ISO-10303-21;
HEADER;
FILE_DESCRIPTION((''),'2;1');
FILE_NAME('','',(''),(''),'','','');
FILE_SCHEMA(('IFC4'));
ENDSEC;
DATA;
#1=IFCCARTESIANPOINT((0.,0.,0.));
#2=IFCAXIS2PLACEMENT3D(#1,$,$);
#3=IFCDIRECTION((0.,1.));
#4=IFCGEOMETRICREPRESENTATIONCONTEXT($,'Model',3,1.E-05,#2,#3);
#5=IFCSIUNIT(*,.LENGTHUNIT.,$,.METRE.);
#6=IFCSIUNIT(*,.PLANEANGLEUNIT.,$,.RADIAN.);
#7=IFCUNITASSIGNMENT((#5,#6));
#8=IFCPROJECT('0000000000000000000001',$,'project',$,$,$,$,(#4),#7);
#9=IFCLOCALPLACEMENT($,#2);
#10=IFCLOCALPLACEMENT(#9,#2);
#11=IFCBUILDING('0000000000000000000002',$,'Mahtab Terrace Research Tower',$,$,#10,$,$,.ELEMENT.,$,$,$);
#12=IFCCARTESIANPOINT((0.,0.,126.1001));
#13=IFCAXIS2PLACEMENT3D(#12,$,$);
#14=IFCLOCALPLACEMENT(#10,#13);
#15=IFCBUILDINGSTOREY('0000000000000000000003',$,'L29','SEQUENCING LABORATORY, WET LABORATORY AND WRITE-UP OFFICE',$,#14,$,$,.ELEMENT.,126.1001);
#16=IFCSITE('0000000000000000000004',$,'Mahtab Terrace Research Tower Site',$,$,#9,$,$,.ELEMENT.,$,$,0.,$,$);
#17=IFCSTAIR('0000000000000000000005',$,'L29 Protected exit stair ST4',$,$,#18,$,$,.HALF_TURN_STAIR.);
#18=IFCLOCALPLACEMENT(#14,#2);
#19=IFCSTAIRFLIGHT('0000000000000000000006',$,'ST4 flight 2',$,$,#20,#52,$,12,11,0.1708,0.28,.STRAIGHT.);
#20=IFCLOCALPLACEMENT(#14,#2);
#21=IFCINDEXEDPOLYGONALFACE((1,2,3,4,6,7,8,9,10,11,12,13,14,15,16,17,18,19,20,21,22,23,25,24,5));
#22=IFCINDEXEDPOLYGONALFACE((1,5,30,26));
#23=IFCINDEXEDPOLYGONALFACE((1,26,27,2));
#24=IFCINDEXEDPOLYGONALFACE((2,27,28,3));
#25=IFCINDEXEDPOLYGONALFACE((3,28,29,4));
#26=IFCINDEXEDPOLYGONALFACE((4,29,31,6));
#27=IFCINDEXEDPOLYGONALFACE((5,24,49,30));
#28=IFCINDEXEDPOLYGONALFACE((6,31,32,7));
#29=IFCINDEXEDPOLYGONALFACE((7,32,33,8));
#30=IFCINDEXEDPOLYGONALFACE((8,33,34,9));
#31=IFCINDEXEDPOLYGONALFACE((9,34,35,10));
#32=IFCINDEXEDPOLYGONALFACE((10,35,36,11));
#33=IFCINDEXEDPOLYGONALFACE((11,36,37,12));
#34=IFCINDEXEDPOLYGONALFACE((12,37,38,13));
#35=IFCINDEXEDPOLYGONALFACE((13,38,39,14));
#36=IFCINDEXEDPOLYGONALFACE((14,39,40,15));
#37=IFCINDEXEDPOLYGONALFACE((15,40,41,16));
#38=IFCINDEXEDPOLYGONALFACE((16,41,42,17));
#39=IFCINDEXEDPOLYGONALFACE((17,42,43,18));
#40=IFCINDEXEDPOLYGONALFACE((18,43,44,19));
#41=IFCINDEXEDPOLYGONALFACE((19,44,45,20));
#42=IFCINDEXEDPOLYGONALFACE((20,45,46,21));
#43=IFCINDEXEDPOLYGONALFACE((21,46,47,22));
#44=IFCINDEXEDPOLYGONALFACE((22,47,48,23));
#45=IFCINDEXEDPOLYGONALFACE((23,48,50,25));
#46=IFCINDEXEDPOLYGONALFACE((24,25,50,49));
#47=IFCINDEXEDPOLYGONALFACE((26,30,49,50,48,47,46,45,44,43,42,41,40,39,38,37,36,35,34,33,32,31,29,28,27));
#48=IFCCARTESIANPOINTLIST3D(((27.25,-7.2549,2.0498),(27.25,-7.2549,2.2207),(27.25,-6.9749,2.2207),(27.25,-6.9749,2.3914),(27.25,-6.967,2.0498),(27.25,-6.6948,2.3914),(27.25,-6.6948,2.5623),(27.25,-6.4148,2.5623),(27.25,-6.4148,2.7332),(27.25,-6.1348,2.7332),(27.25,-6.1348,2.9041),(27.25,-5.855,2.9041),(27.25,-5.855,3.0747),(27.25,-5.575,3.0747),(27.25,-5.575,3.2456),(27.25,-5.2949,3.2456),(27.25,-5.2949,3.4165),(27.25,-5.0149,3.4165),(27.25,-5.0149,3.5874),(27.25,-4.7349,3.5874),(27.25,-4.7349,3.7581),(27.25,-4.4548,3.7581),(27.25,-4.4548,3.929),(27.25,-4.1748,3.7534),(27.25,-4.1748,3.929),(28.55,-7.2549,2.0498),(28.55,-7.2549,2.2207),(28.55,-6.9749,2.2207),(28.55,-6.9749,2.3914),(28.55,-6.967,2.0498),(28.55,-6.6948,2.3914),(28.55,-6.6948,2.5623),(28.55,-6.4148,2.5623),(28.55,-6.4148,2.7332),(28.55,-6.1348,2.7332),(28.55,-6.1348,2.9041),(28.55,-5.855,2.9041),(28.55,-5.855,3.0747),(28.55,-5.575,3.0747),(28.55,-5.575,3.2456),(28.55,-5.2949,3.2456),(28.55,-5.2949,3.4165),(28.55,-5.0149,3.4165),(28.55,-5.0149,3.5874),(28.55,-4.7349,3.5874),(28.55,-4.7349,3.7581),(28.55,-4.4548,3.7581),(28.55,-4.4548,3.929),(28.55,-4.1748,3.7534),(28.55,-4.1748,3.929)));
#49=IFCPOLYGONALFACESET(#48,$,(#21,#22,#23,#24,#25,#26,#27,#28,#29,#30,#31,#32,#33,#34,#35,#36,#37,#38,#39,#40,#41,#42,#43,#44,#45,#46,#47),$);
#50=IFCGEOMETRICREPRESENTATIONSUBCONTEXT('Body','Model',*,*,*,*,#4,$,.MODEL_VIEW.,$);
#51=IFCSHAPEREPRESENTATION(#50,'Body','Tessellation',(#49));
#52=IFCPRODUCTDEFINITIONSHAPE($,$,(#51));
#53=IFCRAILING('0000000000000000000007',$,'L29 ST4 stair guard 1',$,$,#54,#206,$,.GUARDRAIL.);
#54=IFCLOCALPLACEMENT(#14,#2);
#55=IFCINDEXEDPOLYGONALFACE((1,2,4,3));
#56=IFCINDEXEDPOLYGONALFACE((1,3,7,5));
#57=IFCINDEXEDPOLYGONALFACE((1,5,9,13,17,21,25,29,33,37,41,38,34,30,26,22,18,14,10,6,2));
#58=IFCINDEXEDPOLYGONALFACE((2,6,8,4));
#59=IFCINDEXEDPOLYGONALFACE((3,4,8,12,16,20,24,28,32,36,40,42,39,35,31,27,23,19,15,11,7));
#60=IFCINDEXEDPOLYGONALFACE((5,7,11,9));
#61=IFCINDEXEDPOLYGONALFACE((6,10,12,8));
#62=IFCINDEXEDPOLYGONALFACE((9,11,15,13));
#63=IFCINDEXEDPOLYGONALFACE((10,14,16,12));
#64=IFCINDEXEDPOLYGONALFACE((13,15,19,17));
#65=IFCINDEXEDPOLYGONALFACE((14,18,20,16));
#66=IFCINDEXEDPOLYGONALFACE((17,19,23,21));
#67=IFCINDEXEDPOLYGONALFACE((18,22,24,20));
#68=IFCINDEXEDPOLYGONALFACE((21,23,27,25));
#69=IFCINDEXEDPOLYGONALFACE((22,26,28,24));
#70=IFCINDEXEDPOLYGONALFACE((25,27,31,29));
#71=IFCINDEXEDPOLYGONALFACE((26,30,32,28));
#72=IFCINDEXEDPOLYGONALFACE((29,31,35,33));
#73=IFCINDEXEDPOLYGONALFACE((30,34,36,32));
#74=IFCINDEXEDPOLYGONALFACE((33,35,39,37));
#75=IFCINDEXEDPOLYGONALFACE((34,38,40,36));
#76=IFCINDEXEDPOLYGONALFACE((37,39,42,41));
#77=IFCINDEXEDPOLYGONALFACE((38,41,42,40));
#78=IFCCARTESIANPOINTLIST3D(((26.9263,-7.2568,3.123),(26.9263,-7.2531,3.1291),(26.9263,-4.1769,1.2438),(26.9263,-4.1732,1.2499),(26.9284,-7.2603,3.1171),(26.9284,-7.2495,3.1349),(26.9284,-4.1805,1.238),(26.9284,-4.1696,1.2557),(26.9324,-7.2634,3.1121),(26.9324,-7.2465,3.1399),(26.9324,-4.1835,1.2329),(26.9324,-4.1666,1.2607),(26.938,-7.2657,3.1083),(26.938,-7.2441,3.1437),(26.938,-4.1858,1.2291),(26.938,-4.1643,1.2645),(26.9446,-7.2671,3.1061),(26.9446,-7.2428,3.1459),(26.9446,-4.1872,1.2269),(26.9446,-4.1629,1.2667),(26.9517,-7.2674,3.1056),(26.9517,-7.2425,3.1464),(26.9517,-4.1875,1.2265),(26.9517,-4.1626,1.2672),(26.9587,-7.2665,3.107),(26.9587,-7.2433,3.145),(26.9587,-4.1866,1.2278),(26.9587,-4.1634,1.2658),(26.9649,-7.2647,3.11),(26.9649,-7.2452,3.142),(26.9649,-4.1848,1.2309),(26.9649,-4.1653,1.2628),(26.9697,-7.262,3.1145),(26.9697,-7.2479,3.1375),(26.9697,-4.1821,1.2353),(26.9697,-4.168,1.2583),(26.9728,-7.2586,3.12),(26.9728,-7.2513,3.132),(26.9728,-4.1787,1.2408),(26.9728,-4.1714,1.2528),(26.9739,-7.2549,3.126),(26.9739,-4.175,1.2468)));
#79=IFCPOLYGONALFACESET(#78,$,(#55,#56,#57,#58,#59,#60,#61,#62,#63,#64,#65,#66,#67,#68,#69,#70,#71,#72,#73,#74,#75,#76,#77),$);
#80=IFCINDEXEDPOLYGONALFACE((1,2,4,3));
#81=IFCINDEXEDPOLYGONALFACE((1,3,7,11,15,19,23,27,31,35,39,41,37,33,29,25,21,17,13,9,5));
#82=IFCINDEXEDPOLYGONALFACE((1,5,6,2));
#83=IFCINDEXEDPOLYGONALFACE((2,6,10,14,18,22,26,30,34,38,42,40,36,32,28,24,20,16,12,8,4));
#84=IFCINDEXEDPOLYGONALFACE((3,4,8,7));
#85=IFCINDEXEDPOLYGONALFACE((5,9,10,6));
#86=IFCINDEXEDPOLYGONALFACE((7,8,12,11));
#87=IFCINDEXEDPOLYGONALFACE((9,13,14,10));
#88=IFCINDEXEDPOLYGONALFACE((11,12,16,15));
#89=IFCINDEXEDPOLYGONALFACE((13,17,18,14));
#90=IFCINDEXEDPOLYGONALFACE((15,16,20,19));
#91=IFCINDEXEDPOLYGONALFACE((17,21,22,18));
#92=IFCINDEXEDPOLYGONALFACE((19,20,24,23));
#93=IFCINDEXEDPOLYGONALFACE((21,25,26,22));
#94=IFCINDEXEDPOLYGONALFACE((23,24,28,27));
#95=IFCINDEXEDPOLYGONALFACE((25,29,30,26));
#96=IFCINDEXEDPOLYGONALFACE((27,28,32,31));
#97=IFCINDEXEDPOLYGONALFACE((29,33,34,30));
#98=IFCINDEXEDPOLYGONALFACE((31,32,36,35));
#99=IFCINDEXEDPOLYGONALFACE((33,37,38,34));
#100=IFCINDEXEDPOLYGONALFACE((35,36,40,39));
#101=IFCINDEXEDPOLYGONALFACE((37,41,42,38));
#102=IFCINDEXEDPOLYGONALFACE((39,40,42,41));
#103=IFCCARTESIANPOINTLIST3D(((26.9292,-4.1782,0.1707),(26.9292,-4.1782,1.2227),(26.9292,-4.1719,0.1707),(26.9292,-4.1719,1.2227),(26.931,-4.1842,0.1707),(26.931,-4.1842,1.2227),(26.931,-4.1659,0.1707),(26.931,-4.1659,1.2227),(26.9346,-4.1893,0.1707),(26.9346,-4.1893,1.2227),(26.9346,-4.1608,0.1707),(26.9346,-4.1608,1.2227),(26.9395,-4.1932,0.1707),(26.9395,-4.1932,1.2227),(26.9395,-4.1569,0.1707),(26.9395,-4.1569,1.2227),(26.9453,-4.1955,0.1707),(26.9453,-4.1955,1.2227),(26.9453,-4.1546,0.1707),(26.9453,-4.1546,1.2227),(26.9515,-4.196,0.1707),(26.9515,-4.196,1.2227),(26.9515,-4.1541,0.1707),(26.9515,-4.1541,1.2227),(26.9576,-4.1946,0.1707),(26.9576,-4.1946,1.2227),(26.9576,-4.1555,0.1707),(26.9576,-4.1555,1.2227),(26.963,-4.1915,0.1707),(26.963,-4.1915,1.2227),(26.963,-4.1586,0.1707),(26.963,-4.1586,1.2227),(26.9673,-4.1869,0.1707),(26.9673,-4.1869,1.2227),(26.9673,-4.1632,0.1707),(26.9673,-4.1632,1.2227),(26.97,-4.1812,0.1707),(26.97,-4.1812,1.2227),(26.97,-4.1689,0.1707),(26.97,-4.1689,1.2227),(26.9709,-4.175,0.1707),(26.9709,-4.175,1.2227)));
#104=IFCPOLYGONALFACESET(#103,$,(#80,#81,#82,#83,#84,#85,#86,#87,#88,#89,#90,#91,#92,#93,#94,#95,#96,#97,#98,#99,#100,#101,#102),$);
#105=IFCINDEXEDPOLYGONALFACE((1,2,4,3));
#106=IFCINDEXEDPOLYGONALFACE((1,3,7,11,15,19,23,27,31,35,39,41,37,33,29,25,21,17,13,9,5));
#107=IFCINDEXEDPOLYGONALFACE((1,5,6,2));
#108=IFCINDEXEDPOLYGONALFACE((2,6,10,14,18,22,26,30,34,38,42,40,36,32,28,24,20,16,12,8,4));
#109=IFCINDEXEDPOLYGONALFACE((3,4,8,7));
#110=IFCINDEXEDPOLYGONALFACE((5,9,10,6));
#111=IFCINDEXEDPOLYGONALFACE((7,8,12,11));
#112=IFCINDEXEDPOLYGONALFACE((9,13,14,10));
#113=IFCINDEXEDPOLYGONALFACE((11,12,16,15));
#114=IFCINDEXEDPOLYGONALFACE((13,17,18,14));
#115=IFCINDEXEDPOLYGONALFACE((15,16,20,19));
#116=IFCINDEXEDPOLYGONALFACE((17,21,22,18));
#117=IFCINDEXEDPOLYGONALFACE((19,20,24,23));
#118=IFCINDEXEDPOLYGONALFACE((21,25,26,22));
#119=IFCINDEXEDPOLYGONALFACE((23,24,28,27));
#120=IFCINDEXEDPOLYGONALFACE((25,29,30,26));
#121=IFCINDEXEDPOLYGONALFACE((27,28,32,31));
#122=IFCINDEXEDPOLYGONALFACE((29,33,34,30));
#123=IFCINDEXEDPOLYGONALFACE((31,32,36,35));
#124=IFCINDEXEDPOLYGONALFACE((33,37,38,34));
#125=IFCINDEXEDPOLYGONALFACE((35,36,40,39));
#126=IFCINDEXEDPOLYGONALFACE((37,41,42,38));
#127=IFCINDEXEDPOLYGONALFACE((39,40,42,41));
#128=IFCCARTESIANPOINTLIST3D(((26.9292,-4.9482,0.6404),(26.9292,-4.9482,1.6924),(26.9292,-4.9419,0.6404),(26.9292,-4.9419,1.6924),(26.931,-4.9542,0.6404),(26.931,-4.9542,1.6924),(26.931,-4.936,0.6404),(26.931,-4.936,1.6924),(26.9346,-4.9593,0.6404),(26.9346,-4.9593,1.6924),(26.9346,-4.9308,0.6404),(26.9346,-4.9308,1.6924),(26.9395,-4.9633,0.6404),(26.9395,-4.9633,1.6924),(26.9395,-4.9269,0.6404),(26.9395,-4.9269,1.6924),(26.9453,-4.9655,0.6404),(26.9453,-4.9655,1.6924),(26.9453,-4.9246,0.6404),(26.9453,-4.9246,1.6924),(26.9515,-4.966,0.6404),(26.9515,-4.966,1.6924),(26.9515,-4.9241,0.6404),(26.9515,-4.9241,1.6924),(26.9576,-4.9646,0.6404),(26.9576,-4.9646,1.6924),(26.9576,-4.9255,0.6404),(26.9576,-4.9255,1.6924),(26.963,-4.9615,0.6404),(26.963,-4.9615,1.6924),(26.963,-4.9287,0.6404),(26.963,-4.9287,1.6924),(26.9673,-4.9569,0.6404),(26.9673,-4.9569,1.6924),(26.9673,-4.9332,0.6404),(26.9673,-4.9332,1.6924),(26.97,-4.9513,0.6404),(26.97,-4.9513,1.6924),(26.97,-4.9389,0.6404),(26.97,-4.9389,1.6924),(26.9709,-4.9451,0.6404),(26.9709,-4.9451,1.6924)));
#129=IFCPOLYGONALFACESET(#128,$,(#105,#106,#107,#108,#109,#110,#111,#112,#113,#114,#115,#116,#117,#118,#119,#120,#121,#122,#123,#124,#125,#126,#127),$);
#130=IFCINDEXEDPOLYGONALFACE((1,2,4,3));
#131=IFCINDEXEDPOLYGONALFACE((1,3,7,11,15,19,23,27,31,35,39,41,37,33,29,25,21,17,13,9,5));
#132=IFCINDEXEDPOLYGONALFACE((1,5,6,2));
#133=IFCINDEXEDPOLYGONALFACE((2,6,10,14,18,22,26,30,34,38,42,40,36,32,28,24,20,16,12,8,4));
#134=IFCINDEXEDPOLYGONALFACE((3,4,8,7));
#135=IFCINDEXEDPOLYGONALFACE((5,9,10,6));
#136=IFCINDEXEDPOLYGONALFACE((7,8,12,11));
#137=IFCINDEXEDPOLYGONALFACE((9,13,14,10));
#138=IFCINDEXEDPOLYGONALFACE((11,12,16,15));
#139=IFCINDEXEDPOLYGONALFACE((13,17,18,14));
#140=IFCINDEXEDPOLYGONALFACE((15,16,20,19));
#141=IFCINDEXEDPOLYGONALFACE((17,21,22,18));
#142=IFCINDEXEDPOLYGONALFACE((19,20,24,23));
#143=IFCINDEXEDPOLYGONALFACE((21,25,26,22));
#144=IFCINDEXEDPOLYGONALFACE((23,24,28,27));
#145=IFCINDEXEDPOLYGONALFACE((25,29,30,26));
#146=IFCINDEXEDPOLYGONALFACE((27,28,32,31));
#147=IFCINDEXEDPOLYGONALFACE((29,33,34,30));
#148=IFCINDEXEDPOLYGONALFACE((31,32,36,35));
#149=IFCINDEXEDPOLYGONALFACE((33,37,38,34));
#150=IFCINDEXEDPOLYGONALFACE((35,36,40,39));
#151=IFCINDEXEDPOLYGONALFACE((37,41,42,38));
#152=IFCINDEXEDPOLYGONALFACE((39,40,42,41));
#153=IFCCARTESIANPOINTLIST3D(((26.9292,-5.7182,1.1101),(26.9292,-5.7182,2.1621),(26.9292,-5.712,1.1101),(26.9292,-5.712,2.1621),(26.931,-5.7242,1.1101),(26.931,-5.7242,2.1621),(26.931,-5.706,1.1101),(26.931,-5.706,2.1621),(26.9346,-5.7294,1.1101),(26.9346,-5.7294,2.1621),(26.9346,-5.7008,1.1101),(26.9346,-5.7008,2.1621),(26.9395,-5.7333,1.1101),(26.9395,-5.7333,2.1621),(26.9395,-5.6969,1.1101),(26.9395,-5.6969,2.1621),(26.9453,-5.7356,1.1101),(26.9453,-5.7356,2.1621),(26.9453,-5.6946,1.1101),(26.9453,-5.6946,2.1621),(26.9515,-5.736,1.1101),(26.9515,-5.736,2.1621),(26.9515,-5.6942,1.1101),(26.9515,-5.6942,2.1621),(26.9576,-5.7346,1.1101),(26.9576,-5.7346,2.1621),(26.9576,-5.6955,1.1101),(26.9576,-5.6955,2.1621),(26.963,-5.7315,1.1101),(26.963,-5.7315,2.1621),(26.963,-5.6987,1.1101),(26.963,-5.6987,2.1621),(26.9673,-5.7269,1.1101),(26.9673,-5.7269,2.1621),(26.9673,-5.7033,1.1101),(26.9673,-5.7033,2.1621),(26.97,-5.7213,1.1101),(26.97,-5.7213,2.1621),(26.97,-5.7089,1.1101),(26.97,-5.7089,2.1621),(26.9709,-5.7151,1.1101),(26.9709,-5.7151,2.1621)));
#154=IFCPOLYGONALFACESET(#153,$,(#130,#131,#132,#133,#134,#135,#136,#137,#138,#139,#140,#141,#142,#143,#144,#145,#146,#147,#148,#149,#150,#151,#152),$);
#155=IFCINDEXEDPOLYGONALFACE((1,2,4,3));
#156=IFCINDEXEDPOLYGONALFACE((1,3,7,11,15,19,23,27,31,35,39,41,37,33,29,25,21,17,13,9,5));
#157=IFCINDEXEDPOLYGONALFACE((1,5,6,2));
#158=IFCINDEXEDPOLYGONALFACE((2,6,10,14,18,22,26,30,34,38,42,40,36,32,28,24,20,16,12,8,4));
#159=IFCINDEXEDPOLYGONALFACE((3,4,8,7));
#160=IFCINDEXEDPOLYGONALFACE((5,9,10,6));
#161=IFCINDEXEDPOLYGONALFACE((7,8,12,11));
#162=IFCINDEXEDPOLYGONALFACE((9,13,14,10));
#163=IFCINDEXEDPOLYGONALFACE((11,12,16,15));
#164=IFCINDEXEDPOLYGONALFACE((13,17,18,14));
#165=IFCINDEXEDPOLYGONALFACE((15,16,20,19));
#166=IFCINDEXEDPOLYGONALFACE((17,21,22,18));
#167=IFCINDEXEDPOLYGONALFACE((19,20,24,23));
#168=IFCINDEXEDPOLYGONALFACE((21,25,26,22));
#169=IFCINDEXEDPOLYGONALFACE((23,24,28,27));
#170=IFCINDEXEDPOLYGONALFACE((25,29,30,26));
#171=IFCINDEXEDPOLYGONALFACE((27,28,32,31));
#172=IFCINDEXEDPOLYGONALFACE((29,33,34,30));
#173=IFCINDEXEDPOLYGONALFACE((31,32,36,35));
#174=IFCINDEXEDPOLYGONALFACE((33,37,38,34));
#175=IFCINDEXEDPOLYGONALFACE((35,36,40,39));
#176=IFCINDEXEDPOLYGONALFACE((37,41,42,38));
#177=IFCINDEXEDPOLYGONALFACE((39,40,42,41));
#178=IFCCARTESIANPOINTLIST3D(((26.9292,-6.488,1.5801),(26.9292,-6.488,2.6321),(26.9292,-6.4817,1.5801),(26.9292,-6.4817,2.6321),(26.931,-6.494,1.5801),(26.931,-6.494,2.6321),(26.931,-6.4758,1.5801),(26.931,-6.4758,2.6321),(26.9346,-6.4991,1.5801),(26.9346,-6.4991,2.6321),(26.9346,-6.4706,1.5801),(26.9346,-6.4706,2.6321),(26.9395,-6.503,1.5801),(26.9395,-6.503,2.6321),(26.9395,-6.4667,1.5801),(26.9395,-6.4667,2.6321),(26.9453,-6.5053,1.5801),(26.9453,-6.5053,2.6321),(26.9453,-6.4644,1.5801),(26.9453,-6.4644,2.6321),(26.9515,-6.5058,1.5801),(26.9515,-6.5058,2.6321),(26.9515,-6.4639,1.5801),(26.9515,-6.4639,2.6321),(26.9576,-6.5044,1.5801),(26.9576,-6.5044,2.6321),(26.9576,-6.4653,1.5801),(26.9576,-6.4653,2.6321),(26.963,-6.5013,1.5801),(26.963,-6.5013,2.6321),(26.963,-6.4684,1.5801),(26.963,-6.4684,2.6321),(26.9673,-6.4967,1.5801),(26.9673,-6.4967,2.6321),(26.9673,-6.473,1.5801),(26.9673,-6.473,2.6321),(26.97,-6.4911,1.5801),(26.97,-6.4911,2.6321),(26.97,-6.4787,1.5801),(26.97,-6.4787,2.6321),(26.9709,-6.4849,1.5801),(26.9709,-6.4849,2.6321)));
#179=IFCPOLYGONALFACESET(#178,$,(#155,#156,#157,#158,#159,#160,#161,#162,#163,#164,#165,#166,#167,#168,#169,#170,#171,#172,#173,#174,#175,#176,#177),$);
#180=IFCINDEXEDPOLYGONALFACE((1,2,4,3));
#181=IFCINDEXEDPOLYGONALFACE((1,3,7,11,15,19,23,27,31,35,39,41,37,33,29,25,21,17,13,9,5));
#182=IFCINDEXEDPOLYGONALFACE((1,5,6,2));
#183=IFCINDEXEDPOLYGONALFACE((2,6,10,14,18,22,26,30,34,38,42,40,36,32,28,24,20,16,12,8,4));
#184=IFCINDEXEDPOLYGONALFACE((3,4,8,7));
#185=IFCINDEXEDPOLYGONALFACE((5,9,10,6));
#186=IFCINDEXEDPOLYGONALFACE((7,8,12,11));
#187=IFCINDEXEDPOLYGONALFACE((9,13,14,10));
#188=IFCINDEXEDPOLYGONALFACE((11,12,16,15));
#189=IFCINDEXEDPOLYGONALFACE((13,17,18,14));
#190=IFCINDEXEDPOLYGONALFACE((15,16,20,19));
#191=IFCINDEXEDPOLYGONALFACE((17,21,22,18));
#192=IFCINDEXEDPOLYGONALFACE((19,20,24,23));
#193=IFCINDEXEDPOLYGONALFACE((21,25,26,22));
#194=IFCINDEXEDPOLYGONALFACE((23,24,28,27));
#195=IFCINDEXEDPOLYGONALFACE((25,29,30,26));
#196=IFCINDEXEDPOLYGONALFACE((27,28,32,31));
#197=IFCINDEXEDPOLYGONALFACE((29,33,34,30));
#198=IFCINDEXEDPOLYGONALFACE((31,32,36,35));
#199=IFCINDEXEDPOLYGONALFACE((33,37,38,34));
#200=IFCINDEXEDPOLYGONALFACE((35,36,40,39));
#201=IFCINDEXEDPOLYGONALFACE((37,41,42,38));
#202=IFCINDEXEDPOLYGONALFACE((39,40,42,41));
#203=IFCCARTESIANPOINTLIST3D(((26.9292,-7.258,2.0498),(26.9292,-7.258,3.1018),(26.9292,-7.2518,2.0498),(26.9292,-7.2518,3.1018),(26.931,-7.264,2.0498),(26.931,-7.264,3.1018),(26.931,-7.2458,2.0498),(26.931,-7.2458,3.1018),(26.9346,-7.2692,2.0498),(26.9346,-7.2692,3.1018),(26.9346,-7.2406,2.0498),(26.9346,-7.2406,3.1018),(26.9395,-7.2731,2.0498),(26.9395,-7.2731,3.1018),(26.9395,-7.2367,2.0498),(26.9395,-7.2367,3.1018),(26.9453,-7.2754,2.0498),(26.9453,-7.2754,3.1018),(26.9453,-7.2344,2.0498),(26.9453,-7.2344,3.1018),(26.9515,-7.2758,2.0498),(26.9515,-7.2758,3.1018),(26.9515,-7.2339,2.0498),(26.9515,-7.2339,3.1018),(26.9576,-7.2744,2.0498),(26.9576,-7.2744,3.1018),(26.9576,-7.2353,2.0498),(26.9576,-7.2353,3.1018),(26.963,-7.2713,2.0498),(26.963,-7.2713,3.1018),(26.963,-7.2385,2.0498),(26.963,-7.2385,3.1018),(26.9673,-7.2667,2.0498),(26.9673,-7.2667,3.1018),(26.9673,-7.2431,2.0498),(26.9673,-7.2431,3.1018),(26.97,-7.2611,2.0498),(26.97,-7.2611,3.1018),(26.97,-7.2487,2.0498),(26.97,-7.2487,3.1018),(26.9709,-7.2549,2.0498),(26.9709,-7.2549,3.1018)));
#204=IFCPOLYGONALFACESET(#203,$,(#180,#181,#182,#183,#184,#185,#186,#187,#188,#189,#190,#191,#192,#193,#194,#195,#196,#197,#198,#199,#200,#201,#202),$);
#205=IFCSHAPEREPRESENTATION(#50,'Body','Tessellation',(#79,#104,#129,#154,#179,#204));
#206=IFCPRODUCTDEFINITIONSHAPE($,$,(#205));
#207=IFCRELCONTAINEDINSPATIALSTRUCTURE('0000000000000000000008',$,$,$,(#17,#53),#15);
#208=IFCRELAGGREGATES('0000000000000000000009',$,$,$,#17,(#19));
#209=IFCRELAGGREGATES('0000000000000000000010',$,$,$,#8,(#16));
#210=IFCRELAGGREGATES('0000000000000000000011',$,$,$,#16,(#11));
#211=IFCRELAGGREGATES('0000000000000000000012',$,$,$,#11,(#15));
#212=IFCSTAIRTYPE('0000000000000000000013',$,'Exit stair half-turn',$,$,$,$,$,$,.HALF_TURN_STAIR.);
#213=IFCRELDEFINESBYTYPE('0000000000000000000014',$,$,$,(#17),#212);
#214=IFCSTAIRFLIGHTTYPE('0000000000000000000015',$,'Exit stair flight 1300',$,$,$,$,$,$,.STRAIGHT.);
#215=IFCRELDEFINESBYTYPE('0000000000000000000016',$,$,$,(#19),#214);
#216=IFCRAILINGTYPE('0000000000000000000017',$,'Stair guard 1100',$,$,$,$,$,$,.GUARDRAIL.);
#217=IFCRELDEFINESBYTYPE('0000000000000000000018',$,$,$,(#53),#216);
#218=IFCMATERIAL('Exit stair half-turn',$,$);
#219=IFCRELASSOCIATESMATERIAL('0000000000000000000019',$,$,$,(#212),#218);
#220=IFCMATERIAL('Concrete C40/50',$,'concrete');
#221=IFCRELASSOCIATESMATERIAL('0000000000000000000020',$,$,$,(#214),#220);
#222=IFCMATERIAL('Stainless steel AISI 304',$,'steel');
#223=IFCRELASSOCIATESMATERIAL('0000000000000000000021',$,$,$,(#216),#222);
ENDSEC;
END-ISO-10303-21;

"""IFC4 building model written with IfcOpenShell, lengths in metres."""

from ifc_helpers import new_model, si_unit, direction, frame, origin, origin_2d, place, context, subcontext, project, spatial, polyline, circle, outline, extrude, material, type_object, element, aggregate, save


model = new_model("IFC4")

# Units and contexts
model_context = context("Model", 3, precision=1e-05, world=origin(), true_north=direction((0.0, 1.0)))
body_context = subcontext(model_context, "Body", "Model", "MODEL_VIEW")
ifc_project = project(units=[si_unit("LENGTHUNIT", "METRE"), si_unit("PLANEANGLEUNIT", "RADIAN")], contexts=[model_context])

# Site, building, storey
site_placement = place(None, origin())
site = spatial("IfcSite", under=ifc_project, at=site_placement, Name="Mahtab Terrace Research Tower Site", CompositionType="ELEMENT", RefElevation=0.0)
building_placement = place(site_placement, origin())
building = spatial("IfcBuilding", under=site, at=building_placement, Name="Mahtab Terrace Research Tower", CompositionType="ELEMENT")
storey_placement = place(building_placement, frame((0.0, 0.0, 126.1001)))
storey = spatial("IfcBuildingStorey", under=building, at=storey_placement, Name="L29", Description="SEQUENCING LABORATORY, WET LABORATORY AND WRITE-UP OFFICE", CompositionType="ELEMENT", Elevation=126.1001)

# Stair, stair flight
ifc_material_1 = material(Name="Exit stair half-turn")
stair_type = type_object("IfcStairType", Name="Exit stair half-turn", PredefinedType="HALF_TURN_STAIR", material=ifc_material_1)
stair_placement = place(storey_placement, origin())
stair = element("IfcStair", 1, at=stair_placement, inside=storey, type_object=stair_type, Name="L29 Protected exit stair ST4", PredefinedType="HALF_TURN_STAIR")
ifc_material_2 = material(Name="Concrete C40/50", Category="concrete")
stair_flight_type = type_object("IfcStairFlightType", Name="Exit stair flight 1300", PredefinedType="STRAIGHT", material=ifc_material_2)
stair_flight_1_placement = place(storey_placement, frame((27.8999, -7.2549, 2.0498), z_axis=(0.0, 0.0, 1.0), x_axis=(0.0, 1.0, 0.0)))
stair_flight_1 = element("IfcStairFlight", 2, at=stair_flight_1_placement, type_object=stair_flight_type, Name="ST4 flight 2", NumberOfRisers=12, NumberOfTreads=11, PredefinedType="STRAIGHT", RiserHeight=0.1708, TreadLength=0.28, context=body_context, shape_type="SweptSolid", body=[
    extrude(outline(polyline([(0.0, 0.0), (0.0, 0.1709), (0.28, 0.1709), (0.28, 0.3416), (0.5601, 0.3416), (0.5601, 0.5125), (0.8401, 0.5125), (0.8401, 0.6833), (1.1201, 0.6833), (1.1201, 0.8542), (1.3999, 0.8542), (1.3999, 1.0249), (1.6799, 1.0249), (1.6799, 1.1958), (1.96, 1.1958), (1.96, 1.3667), (2.24, 1.3667), (2.24, 1.5376), (2.52, 1.5376), (2.52, 1.7083), (2.8, 1.7083), (2.8, 1.8792), (3.0801, 1.8792), (3.0801, 2.05), (3.0801, 1.7036), (0.2878, 0.0), (0.0, 0.0)])), frame((0.0, 0.6499, 0.0), z_axis=(0.0, -1.0, 0.0), x_axis=(1.0, 0.0, 0.0)), (0.0, 0.0, 1.0), 1.3),
])
aggregate(stair, [stair_flight_1])

# Railing
ifc_material_3 = material(Name="Stainless steel AISI 304", Category="steel")
railing_type_1 = type_object("IfcRailingType", Name="Stair guard 1100", PredefinedType="GUARDRAIL", material=ifc_material_3)
railing_1_placement = place(storey_placement, frame((26.95, -4.175, 0.1707)))
element("IfcRailing", 3, at=railing_1_placement, inside=storey, type_object=railing_type_1, Name="L29 ST4 stair guard 1", PredefinedType="GUARDRAIL", context=body_context, shape_type="SweptSolid", body=[
    extrude(circle(Radius=0.0239, at=origin_2d()), frame((0.0, 0.0, 1.0762), z_axis=(0.0, -0.853648, 0.52085), x_axis=(1.0, 0.0, 0.0)), (0.0, 0.0, 1.0), 3.6079),
    extrude(circle(Radius=0.021, at=origin_2d()), origin(), (0.0, 0.0, 1.0), 1.052),
    extrude(circle(Radius=0.021, at=origin_2d()), frame((0.0, -0.77, 0.4697)), (0.0, 0.0, 1.0), 1.052),
    extrude(circle(Radius=0.021, at=origin_2d()), frame((0.0, -1.54, 0.9395)), (0.0, 0.0, 1.0), 1.052),
    extrude(circle(Radius=0.021, at=origin_2d()), frame((0.0, -2.3098, 1.4094)), (0.0, 0.0, 1.0), 1.052),
    extrude(circle(Radius=0.021, at=origin_2d()), frame((0.0, -3.0798, 1.8792)), (0.0, 0.0, 1.0), 1.052),
])

save(model, "model.ifc")
